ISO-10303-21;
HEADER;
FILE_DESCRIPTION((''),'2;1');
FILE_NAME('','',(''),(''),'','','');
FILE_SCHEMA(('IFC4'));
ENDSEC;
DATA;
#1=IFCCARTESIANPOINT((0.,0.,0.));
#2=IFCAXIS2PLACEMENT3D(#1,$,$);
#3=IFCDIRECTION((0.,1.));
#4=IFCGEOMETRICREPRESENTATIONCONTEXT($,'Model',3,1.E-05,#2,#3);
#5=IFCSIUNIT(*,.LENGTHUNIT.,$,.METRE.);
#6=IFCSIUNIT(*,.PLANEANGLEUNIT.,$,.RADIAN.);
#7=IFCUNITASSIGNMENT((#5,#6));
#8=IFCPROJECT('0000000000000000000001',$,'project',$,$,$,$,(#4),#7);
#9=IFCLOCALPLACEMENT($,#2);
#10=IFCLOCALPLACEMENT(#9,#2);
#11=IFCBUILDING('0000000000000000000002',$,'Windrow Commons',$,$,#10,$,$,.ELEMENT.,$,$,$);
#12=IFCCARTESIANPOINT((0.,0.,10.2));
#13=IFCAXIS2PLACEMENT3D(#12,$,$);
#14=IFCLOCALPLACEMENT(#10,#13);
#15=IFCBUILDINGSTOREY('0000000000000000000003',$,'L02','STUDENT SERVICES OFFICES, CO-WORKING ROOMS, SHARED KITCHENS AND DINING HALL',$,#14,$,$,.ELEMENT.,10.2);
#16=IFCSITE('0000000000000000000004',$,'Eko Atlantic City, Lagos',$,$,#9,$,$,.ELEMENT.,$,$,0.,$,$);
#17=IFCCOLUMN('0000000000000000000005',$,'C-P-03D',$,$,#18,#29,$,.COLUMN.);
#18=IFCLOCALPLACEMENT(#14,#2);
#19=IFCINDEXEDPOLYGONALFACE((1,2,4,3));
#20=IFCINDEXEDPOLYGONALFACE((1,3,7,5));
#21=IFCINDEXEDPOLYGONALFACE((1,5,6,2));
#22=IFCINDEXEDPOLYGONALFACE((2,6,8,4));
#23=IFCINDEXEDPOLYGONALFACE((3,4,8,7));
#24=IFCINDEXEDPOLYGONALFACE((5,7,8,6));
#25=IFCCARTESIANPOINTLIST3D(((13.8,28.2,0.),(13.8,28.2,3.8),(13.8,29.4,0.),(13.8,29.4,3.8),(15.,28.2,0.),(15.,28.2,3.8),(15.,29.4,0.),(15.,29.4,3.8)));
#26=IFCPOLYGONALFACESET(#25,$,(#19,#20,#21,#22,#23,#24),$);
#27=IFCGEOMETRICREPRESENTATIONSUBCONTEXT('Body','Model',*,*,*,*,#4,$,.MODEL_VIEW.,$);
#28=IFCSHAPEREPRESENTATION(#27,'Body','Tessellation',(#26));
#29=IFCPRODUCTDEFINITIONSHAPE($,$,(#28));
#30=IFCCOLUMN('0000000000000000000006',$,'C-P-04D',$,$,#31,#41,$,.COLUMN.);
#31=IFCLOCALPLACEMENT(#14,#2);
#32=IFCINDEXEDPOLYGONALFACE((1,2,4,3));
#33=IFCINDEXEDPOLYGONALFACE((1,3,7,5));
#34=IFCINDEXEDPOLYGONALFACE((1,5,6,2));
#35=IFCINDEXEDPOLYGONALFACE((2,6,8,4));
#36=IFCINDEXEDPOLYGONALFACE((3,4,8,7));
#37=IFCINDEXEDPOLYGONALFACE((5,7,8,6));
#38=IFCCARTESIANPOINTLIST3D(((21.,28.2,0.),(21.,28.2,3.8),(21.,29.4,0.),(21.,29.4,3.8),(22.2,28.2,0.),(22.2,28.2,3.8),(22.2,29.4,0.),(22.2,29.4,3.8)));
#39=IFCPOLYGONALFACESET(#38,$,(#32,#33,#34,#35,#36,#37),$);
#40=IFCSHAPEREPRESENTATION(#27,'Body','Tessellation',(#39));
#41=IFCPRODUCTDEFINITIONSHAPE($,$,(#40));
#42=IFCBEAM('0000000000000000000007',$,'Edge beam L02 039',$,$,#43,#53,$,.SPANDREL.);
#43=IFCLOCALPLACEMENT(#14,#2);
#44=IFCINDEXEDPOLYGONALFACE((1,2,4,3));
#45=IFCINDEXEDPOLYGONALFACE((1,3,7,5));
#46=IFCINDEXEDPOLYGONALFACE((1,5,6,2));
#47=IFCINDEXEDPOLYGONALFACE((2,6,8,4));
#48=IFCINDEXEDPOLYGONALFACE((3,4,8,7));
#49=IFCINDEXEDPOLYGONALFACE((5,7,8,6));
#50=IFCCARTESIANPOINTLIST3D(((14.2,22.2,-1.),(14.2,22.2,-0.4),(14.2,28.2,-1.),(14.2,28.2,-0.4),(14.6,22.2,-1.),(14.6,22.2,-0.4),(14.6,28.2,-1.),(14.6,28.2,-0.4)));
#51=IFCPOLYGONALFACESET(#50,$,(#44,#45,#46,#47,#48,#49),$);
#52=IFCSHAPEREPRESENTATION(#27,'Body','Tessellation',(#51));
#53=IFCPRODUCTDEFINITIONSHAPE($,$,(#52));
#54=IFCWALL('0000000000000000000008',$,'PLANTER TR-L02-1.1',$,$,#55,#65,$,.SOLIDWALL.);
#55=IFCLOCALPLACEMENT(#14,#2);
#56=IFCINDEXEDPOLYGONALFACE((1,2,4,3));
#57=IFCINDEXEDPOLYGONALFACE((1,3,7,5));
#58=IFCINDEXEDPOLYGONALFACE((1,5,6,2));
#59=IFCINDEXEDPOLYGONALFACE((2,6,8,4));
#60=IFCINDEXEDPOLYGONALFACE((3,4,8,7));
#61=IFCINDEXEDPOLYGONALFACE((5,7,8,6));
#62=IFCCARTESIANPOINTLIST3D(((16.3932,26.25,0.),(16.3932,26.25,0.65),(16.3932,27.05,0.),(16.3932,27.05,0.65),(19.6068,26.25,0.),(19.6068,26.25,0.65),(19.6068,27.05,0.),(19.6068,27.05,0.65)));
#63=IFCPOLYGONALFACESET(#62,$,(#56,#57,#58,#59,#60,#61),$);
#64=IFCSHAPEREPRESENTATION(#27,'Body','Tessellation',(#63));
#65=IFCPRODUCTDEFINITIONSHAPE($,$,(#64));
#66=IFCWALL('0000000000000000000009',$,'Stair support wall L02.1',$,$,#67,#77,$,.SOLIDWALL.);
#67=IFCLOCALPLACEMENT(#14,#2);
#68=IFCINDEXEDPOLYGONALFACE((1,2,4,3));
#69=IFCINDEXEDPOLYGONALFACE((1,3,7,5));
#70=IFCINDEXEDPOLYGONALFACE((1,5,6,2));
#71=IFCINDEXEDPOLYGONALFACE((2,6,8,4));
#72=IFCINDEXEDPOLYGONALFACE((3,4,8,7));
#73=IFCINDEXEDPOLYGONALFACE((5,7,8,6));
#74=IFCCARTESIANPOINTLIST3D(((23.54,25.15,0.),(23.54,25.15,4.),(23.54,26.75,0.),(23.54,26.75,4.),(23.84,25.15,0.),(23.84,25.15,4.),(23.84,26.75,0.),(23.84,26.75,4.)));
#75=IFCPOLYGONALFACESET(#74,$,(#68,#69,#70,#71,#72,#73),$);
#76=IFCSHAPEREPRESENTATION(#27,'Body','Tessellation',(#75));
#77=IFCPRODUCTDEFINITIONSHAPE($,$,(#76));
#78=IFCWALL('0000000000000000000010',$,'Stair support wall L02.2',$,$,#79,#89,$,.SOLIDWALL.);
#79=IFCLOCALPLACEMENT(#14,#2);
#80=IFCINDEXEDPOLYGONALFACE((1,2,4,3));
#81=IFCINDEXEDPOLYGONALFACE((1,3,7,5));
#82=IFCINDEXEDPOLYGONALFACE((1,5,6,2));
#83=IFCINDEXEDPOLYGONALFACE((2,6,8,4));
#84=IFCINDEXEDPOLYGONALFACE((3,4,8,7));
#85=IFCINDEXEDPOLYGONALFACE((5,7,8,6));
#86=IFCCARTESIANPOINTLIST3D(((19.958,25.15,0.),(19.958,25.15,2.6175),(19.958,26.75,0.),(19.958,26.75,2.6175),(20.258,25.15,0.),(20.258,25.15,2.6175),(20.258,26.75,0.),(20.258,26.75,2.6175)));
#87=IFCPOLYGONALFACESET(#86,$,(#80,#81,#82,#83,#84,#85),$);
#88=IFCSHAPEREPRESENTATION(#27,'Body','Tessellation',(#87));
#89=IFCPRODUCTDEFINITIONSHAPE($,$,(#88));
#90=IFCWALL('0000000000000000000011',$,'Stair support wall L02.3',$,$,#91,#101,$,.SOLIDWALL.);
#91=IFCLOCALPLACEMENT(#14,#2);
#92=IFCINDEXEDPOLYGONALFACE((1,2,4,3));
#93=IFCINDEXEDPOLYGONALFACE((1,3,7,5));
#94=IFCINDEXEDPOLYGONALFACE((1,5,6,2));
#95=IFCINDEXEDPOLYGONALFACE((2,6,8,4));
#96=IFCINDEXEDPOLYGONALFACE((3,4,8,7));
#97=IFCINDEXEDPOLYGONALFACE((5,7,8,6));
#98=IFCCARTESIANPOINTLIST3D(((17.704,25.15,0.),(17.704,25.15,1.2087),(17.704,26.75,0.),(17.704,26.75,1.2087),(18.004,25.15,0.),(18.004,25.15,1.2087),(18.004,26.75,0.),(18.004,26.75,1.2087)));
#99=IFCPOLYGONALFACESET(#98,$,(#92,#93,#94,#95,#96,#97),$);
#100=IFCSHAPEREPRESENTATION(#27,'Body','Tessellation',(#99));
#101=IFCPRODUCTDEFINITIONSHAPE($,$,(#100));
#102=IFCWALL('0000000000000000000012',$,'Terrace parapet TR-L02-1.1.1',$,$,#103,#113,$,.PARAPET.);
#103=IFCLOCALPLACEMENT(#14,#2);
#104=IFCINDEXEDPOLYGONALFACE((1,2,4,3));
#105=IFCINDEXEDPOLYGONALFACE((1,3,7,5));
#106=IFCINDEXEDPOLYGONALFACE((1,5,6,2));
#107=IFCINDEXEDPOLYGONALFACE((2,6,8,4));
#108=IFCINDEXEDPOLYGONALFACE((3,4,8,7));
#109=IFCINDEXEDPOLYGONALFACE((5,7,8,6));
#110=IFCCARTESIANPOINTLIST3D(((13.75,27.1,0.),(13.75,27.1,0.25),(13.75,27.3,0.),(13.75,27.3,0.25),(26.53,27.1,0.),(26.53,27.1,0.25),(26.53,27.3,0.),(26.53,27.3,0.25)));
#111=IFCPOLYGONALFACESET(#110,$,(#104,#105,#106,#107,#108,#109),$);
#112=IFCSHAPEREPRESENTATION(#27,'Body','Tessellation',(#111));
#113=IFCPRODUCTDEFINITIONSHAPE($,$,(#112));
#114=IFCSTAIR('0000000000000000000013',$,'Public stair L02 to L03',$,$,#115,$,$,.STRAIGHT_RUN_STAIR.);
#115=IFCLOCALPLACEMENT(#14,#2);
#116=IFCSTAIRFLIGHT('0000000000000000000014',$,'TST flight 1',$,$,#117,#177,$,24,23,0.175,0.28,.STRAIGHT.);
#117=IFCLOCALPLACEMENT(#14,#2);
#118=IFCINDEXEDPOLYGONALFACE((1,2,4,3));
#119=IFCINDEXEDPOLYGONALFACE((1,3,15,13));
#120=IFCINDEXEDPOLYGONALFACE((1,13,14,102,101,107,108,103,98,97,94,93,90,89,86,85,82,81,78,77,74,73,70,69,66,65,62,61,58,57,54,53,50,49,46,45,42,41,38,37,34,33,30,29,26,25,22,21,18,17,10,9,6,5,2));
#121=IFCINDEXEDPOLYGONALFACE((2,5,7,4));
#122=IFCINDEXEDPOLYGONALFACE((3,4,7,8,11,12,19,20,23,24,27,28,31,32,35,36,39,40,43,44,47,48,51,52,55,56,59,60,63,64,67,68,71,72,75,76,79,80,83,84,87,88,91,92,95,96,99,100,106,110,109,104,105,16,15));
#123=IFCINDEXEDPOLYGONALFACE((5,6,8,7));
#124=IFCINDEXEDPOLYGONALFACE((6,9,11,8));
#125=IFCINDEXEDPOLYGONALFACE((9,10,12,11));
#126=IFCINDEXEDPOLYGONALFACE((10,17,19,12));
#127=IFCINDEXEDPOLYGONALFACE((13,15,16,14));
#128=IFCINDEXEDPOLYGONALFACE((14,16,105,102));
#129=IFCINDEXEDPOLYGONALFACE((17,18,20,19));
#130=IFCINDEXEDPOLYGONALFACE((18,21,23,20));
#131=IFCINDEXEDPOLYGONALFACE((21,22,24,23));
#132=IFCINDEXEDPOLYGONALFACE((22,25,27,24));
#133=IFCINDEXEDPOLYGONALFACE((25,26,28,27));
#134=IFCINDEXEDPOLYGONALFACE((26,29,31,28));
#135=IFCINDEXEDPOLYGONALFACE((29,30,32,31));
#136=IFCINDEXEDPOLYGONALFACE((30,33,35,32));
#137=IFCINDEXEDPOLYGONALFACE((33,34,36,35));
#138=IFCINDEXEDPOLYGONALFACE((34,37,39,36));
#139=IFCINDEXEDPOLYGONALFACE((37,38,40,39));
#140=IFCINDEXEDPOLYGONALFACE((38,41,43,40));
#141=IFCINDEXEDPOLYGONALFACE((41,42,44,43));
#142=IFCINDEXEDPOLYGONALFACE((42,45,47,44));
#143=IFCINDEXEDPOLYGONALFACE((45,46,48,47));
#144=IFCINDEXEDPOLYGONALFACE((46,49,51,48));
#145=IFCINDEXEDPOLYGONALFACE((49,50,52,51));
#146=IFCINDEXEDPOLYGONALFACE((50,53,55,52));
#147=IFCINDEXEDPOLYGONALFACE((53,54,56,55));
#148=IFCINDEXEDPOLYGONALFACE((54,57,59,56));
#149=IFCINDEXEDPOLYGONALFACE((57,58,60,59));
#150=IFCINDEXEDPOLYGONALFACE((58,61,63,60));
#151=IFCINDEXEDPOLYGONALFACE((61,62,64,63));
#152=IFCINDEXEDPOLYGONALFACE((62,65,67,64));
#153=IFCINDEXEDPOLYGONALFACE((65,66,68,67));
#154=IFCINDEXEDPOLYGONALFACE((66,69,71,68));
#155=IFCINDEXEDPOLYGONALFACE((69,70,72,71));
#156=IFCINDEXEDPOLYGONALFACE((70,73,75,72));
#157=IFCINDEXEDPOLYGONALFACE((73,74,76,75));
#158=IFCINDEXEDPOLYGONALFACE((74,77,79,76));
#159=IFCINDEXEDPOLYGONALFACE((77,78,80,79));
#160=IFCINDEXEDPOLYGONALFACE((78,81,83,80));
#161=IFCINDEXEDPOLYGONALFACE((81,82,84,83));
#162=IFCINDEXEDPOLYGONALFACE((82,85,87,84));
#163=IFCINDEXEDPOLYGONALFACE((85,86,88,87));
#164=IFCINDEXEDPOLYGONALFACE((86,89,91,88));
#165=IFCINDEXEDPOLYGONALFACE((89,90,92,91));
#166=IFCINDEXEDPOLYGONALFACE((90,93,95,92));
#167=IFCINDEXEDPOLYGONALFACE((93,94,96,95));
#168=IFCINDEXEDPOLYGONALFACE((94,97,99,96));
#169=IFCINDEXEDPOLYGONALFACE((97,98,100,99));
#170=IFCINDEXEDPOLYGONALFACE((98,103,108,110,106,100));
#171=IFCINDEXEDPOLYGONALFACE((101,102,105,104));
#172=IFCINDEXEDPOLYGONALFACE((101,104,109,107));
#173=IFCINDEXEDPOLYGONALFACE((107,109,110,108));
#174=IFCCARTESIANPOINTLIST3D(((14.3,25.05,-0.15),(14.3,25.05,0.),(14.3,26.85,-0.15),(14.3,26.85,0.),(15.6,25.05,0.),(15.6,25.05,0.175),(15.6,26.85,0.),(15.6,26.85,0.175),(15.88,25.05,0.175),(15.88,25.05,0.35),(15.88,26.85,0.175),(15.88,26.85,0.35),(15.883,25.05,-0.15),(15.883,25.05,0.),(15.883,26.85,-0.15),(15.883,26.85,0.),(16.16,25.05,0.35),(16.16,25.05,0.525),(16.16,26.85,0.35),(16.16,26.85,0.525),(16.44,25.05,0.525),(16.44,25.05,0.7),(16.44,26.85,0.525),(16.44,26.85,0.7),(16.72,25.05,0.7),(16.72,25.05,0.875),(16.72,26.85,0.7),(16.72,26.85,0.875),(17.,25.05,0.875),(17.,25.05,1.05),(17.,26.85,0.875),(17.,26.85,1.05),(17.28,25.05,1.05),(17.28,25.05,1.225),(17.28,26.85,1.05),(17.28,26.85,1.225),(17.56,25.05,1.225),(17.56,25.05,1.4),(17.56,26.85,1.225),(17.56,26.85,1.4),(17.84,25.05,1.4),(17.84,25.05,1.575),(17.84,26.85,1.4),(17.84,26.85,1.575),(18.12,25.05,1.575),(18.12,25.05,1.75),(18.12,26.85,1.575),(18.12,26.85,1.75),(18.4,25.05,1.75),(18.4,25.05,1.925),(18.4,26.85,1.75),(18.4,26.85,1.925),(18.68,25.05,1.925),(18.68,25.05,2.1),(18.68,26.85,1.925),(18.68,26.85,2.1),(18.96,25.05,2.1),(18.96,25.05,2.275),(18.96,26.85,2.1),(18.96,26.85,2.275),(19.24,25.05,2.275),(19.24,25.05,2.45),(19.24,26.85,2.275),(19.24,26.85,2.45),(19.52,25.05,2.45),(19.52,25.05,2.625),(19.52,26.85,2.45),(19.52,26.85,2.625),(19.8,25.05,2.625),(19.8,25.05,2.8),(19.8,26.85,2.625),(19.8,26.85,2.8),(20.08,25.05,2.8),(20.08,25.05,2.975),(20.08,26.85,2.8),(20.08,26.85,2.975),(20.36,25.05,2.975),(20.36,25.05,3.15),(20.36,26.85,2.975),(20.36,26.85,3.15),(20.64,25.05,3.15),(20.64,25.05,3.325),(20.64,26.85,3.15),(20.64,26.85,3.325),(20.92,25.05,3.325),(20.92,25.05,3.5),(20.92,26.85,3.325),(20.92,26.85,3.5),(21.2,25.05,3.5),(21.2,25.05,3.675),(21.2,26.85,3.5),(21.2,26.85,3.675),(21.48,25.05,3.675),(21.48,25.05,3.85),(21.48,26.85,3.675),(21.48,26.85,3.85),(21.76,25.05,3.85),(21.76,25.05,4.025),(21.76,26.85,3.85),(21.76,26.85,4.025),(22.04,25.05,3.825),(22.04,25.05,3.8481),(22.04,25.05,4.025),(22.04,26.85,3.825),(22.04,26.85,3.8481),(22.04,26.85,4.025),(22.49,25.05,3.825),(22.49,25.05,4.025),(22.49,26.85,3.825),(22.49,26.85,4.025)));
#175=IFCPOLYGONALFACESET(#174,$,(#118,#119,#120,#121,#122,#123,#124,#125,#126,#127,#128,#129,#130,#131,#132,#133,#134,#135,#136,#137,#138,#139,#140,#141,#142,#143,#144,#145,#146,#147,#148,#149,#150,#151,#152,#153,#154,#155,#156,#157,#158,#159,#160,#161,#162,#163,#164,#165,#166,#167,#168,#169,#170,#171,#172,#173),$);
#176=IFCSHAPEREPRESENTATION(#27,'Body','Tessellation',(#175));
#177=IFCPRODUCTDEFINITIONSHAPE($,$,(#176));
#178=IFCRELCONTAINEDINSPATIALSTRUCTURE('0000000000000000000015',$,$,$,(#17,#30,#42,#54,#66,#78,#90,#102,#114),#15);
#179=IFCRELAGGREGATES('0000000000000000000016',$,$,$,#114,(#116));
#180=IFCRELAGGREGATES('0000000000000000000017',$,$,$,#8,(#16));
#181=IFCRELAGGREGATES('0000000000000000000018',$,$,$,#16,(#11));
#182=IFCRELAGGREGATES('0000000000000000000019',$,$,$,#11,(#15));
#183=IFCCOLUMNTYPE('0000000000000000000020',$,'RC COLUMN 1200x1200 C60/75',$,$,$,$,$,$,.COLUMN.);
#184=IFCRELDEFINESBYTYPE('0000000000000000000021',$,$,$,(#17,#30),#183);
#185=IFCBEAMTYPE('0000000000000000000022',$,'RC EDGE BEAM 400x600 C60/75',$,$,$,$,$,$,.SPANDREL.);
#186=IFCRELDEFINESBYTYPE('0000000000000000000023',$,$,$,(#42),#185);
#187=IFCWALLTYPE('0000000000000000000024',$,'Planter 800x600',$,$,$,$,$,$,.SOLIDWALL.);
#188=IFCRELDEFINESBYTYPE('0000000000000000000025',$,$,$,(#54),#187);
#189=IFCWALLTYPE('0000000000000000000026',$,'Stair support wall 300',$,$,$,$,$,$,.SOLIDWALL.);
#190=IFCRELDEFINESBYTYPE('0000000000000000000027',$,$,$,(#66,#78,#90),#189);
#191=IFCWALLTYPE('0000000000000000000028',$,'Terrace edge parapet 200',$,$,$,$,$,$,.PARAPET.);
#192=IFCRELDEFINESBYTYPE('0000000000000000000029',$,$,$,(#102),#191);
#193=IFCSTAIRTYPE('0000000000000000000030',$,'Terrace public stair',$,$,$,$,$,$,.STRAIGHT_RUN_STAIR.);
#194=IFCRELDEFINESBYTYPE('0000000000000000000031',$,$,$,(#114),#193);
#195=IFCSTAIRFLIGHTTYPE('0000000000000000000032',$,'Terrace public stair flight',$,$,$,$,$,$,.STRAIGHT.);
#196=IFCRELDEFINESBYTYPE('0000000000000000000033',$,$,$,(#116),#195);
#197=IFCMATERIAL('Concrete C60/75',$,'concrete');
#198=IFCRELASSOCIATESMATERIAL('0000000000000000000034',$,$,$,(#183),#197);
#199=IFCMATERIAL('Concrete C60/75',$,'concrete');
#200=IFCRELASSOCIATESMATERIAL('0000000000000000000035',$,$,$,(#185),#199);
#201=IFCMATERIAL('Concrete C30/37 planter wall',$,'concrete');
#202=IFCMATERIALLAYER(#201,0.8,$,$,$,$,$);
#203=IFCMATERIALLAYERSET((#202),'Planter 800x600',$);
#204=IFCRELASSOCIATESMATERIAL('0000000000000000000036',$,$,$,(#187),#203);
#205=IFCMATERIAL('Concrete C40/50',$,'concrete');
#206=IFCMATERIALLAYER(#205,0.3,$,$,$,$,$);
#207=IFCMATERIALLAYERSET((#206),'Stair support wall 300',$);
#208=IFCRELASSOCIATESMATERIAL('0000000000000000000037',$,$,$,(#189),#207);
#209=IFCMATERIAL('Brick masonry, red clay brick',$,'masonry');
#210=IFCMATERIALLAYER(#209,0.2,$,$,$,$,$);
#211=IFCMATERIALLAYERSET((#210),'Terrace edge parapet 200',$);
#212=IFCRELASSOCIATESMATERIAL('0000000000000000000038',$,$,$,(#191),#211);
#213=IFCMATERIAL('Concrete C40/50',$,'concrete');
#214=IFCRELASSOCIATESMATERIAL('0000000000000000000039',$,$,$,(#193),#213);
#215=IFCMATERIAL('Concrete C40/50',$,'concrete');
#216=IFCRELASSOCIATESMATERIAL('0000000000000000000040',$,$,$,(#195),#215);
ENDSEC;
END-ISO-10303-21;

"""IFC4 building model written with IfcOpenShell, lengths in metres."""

from ifc_helpers import new_model, si_unit, direction, frame, frame_2d, origin, origin_2d, place, context, subcontext, project, spatial, polyline, rectangle, outline, extrude, material, layer, layer_set, material_profile, profile_set, type_object, element, aggregate, save


model = new_model("IFC4")

# Units and contexts
model_context = context("Model", 3, precision=1e-05, world=origin(), true_north=direction((0.0, 1.0)))
body_context = subcontext(model_context, "Body", "Model", "MODEL_VIEW")
ifc_project = project(units=[si_unit("LENGTHUNIT", "METRE"), si_unit("PLANEANGLEUNIT", "RADIAN")], contexts=[model_context])

# Site, building, storey
site_placement = place(None, origin())
site = spatial("IfcSite", under=ifc_project, at=site_placement, Name="Eko Atlantic City, Lagos", CompositionType="ELEMENT", RefElevation=0.0)
building_placement = place(site_placement, origin())
building = spatial("IfcBuilding", under=site, at=building_placement, Name="Windrow Commons", CompositionType="ELEMENT")
storey_placement = place(building_placement, frame((0.0, 0.0, 10.2)))
storey = spatial("IfcBuildingStorey", under=building, at=storey_placement, Name="L02", Description="STUDENT SERVICES OFFICES, CO-WORKING ROOMS, SHARED KITCHENS AND DINING HALL", CompositionType="ELEMENT", Elevation=10.2)

# Columns
ifc_material_1 = material(Name="Concrete C60/75", Category="concrete")
ifc_material_profile_1 = material_profile(ifc_material_1, rectangle(XDim=1.2, YDim=1.2, at=origin_2d()))
ifc_profile_set_1 = profile_set([ifc_material_profile_1], Name="Concrete C60/75")
column_type = type_object("IfcColumnType", Name="RC COLUMN 1200x1200 C60/75", PredefinedType="COLUMN", material=ifc_profile_set_1)
for number, where, z_axis, x_axis, name in (
    (1, (14.4, 28.8, 0.0), (0.0, 0.0, 1.0), (1.0, 0.0, 0.0), "C-P-03D"),
    (2, (21.6, 28.8, 0.0), (0.0, 0.0, 1.0), (1.0, 0.0, 0.0), "C-P-04D"),
):
    element("IfcColumn", number, at=place(storey_placement, frame(where, z_axis=z_axis, x_axis=x_axis)), inside=storey, type_object=column_type, Name=name, PredefinedType="COLUMN", context=body_context, shape_type="SweptSolid", body=[
        extrude(rectangle(XDim=1.2, YDim=1.2, at=origin_2d()), origin(), (0.0, 0.0, 1.0), 3.8),
    ])

# Beam
ifc_material_2 = material(Name="Concrete C60/75", Category="concrete")
ifc_material_profile_2 = material_profile(ifc_material_2, rectangle(XDim=0.4, YDim=0.6, at=origin_2d()))
ifc_profile_set_2 = profile_set([ifc_material_profile_2], Name="Concrete C60/75")
beam_type = type_object("IfcBeamType", Name="RC EDGE BEAM 400x600 C60/75", PredefinedType="SPANDREL", material=ifc_profile_set_2)
beam_placement = place(storey_placement, frame((14.4, 22.2, -0.7), z_axis=(0.0, 1.0, 0.0), x_axis=(-1.0, 0.0, 0.0)))
element("IfcBeam", 3, at=beam_placement, inside=storey, type_object=beam_type, Name="Edge beam L02 039", PredefinedType="SPANDREL", context=body_context, shape_type="SweptSolid", body=[
    extrude(rectangle(XDim=0.4, YDim=0.6, at=origin_2d()), origin(), (0.0, 0.0, 1.0), 6.0),
])

# Walls
ifc_material_3 = material(Name="Concrete C30/37 planter wall", Category="concrete")
ifc_layer_1 = layer(ifc_material_3, 0.8)
ifc_layer_set_1 = layer_set([ifc_layer_1], Name="Planter 800x600")
wall_type_1 = type_object("IfcWallType", Name="Planter 800x600", PredefinedType="SOLIDWALL", material=ifc_layer_set_1)
wall_1_placement = place(storey_placement, frame((19.6068, 26.65, 0.0), z_axis=(0.0, 0.0, 1.0), x_axis=(-1.0, 0.0, 0.0)))
element("IfcWall", 4, at=wall_1_placement, inside=storey, type_object=wall_type_1, Name="PLANTER TR-L02-1.1", PredefinedType="SOLIDWALL", context=body_context, shape_type="SweptSolid", body=[
    extrude(outline(polyline([(0.0, -0.4), (3.2136, -0.4), (3.2136, 0.4), (0.0, 0.4), (0.0, -0.4)])), origin(), (0.0, 0.0, 1.0), 0.65),
])
ifc_material_4 = material(Name="Concrete C40/50", Category="concrete")
ifc_layer_2 = layer(ifc_material_4, 0.3)
ifc_layer_set_2 = layer_set([ifc_layer_2], Name="Stair support wall 300")
wall_type_2 = type_object("IfcWallType", Name="Stair support wall 300", PredefinedType="SOLIDWALL", material=ifc_layer_set_2)
wall_2_placement = place(storey_placement, frame((23.69, 26.75, 0.0), z_axis=(0.0, 0.0, 1.0), x_axis=(0.0, -1.0, 0.0)))
element("IfcWall", 5, at=wall_2_placement, inside=storey, type_object=wall_type_2, Name="Stair support wall L02.1", PredefinedType="SOLIDWALL", context=body_context, shape_type="SweptSolid", body=[
    extrude(rectangle(XDim=1.6, YDim=0.3, at=frame_2d((0.8, 0.0))), origin(), (0.0, 0.0, 1.0), 4.0),
])
wall_3_placement = place(storey_placement, frame((20.108, 26.75, 0.0), z_axis=(0.0, 0.0, 1.0), x_axis=(0.0, -1.0, 0.0)))
element("IfcWall", 6, at=wall_3_placement, inside=storey, type_object=wall_type_2, Name="Stair support wall L02.2", PredefinedType="SOLIDWALL", context=body_context, shape_type="SweptSolid", body=[
    extrude(rectangle(XDim=1.6, YDim=0.3, at=frame_2d((0.8, 0.0))), origin(), (0.0, 0.0, 1.0), 2.6175),
])
wall_4_placement = place(storey_placement, frame((17.854, 26.75, 0.0), z_axis=(0.0, 0.0, 1.0), x_axis=(0.0, -1.0, 0.0)))
element("IfcWall", 7, at=wall_4_placement, inside=storey, type_object=wall_type_2, Name="Stair support wall L02.3", PredefinedType="SOLIDWALL", context=body_context, shape_type="SweptSolid", body=[
    extrude(rectangle(XDim=1.6, YDim=0.3, at=frame_2d((0.8, 0.0))), origin(), (0.0, 0.0, 1.0), 1.2087),
])
ifc_material_5 = material(Name="Brick masonry, red clay brick", Category="masonry")
ifc_layer_3 = layer(ifc_material_5, 0.2)
ifc_layer_set_3 = layer_set([ifc_layer_3], Name="Terrace edge parapet 200")
wall_type_3 = type_object("IfcWallType", Name="Terrace edge parapet 200", PredefinedType="PARAPET", material=ifc_layer_set_3)
wall_5_placement = place(storey_placement, frame((26.53, 27.2, 0.0), z_axis=(0.0, 0.0, 1.0), x_axis=(-1.0, 0.0, 0.0)))
element("IfcWall", 8, at=wall_5_placement, inside=storey, type_object=wall_type_3, Name="Terrace parapet TR-L02-1.1.1", PredefinedType="PARAPET", context=body_context, shape_type="SweptSolid", body=[
    extrude(outline(polyline([(0.0, -0.1), (12.78, -0.1), (12.78, 0.1), (0.0, 0.1), (0.0, -0.1)])), origin(), (0.0, 0.0, 1.0), 0.25),
])

# Stair, stair flight
ifc_material_6 = material(Name="Concrete C40/50", Category="concrete")
stair_type = type_object("IfcStairType", Name="Terrace public stair", PredefinedType="STRAIGHT_RUN_STAIR", material=ifc_material_6)
stair_placement = place(storey_placement, origin())
stair = element("IfcStair", 9, at=stair_placement, inside=storey, type_object=stair_type, Name="Public stair L02 to L03", PredefinedType="STRAIGHT_RUN_STAIR")
ifc_material_7 = material(Name="Concrete C40/50", Category="concrete")
stair_flight_type = type_object("IfcStairFlightType", Name="Terrace public stair flight", PredefinedType="STRAIGHT", material=ifc_material_7)
stair_flight_placement = place(storey_placement, frame((15.6, 25.95, 0.0), z_axis=(0.0, 0.0, 1.0), x_axis=(1.0, 0.0, 0.0)))
stair_flight = element("IfcStairFlight", 10, at=stair_flight_placement, type_object=stair_flight_type, Name="TST flight 1", NumberOfRisers=24, NumberOfTreads=23, PredefinedType="STRAIGHT", RiserHeight=0.175, TreadLength=0.28, context=body_context, shape_type="SweptSolid", body=[
    extrude(outline(polyline([(-1.3, -0.15), (-1.3, 0.0), (0.0, 0.0), (0.0, 0.175), (0.28, 0.175), (0.28, 0.35), (0.56, 0.35), (0.56, 0.525), (0.84, 0.525), (0.84, 0.7), (1.12, 0.7), (1.12, 0.875), (1.4, 0.875), (1.4, 1.05), (1.68, 1.05), (1.68, 1.225), (1.96, 1.225), (1.96, 1.4), (2.24, 1.4), (2.24, 1.575), (2.52, 1.575), (2.52, 1.75), (2.8, 1.75), (2.8, 1.925), (3.08, 1.925), (3.08, 2.1), (3.36, 2.1), (3.36, 2.275), (3.64, 2.275), (3.64, 2.45), (3.92, 2.45), (3.92, 2.625), (4.2, 2.625), (4.2, 2.8), (4.48, 2.8), (4.48, 2.975), (4.76, 2.975), (4.76, 3.15), (5.04, 3.15), (5.04, 3.325), (5.32, 3.325), (5.32, 3.5), (5.6, 3.5), (5.6, 3.675), (5.88, 3.675), (5.88, 3.85), (6.16, 3.85), (6.16, 4.025), (6.44, 4.025), (6.89, 4.025), (6.89, 3.825), (6.44, 3.825), (6.44, 3.8481), (0.283, 0.0), (0.283, -0.15), (-1.3, -0.15)])), frame((0.0, 0.9, 0.0), z_axis=(0.0, -1.0, 0.0), x_axis=(1.0, 0.0, 0.0)), (0.0, 0.0, 1.0), 1.8),
])
aggregate(stair, [stair_flight])

save(model, "model.ifc")
